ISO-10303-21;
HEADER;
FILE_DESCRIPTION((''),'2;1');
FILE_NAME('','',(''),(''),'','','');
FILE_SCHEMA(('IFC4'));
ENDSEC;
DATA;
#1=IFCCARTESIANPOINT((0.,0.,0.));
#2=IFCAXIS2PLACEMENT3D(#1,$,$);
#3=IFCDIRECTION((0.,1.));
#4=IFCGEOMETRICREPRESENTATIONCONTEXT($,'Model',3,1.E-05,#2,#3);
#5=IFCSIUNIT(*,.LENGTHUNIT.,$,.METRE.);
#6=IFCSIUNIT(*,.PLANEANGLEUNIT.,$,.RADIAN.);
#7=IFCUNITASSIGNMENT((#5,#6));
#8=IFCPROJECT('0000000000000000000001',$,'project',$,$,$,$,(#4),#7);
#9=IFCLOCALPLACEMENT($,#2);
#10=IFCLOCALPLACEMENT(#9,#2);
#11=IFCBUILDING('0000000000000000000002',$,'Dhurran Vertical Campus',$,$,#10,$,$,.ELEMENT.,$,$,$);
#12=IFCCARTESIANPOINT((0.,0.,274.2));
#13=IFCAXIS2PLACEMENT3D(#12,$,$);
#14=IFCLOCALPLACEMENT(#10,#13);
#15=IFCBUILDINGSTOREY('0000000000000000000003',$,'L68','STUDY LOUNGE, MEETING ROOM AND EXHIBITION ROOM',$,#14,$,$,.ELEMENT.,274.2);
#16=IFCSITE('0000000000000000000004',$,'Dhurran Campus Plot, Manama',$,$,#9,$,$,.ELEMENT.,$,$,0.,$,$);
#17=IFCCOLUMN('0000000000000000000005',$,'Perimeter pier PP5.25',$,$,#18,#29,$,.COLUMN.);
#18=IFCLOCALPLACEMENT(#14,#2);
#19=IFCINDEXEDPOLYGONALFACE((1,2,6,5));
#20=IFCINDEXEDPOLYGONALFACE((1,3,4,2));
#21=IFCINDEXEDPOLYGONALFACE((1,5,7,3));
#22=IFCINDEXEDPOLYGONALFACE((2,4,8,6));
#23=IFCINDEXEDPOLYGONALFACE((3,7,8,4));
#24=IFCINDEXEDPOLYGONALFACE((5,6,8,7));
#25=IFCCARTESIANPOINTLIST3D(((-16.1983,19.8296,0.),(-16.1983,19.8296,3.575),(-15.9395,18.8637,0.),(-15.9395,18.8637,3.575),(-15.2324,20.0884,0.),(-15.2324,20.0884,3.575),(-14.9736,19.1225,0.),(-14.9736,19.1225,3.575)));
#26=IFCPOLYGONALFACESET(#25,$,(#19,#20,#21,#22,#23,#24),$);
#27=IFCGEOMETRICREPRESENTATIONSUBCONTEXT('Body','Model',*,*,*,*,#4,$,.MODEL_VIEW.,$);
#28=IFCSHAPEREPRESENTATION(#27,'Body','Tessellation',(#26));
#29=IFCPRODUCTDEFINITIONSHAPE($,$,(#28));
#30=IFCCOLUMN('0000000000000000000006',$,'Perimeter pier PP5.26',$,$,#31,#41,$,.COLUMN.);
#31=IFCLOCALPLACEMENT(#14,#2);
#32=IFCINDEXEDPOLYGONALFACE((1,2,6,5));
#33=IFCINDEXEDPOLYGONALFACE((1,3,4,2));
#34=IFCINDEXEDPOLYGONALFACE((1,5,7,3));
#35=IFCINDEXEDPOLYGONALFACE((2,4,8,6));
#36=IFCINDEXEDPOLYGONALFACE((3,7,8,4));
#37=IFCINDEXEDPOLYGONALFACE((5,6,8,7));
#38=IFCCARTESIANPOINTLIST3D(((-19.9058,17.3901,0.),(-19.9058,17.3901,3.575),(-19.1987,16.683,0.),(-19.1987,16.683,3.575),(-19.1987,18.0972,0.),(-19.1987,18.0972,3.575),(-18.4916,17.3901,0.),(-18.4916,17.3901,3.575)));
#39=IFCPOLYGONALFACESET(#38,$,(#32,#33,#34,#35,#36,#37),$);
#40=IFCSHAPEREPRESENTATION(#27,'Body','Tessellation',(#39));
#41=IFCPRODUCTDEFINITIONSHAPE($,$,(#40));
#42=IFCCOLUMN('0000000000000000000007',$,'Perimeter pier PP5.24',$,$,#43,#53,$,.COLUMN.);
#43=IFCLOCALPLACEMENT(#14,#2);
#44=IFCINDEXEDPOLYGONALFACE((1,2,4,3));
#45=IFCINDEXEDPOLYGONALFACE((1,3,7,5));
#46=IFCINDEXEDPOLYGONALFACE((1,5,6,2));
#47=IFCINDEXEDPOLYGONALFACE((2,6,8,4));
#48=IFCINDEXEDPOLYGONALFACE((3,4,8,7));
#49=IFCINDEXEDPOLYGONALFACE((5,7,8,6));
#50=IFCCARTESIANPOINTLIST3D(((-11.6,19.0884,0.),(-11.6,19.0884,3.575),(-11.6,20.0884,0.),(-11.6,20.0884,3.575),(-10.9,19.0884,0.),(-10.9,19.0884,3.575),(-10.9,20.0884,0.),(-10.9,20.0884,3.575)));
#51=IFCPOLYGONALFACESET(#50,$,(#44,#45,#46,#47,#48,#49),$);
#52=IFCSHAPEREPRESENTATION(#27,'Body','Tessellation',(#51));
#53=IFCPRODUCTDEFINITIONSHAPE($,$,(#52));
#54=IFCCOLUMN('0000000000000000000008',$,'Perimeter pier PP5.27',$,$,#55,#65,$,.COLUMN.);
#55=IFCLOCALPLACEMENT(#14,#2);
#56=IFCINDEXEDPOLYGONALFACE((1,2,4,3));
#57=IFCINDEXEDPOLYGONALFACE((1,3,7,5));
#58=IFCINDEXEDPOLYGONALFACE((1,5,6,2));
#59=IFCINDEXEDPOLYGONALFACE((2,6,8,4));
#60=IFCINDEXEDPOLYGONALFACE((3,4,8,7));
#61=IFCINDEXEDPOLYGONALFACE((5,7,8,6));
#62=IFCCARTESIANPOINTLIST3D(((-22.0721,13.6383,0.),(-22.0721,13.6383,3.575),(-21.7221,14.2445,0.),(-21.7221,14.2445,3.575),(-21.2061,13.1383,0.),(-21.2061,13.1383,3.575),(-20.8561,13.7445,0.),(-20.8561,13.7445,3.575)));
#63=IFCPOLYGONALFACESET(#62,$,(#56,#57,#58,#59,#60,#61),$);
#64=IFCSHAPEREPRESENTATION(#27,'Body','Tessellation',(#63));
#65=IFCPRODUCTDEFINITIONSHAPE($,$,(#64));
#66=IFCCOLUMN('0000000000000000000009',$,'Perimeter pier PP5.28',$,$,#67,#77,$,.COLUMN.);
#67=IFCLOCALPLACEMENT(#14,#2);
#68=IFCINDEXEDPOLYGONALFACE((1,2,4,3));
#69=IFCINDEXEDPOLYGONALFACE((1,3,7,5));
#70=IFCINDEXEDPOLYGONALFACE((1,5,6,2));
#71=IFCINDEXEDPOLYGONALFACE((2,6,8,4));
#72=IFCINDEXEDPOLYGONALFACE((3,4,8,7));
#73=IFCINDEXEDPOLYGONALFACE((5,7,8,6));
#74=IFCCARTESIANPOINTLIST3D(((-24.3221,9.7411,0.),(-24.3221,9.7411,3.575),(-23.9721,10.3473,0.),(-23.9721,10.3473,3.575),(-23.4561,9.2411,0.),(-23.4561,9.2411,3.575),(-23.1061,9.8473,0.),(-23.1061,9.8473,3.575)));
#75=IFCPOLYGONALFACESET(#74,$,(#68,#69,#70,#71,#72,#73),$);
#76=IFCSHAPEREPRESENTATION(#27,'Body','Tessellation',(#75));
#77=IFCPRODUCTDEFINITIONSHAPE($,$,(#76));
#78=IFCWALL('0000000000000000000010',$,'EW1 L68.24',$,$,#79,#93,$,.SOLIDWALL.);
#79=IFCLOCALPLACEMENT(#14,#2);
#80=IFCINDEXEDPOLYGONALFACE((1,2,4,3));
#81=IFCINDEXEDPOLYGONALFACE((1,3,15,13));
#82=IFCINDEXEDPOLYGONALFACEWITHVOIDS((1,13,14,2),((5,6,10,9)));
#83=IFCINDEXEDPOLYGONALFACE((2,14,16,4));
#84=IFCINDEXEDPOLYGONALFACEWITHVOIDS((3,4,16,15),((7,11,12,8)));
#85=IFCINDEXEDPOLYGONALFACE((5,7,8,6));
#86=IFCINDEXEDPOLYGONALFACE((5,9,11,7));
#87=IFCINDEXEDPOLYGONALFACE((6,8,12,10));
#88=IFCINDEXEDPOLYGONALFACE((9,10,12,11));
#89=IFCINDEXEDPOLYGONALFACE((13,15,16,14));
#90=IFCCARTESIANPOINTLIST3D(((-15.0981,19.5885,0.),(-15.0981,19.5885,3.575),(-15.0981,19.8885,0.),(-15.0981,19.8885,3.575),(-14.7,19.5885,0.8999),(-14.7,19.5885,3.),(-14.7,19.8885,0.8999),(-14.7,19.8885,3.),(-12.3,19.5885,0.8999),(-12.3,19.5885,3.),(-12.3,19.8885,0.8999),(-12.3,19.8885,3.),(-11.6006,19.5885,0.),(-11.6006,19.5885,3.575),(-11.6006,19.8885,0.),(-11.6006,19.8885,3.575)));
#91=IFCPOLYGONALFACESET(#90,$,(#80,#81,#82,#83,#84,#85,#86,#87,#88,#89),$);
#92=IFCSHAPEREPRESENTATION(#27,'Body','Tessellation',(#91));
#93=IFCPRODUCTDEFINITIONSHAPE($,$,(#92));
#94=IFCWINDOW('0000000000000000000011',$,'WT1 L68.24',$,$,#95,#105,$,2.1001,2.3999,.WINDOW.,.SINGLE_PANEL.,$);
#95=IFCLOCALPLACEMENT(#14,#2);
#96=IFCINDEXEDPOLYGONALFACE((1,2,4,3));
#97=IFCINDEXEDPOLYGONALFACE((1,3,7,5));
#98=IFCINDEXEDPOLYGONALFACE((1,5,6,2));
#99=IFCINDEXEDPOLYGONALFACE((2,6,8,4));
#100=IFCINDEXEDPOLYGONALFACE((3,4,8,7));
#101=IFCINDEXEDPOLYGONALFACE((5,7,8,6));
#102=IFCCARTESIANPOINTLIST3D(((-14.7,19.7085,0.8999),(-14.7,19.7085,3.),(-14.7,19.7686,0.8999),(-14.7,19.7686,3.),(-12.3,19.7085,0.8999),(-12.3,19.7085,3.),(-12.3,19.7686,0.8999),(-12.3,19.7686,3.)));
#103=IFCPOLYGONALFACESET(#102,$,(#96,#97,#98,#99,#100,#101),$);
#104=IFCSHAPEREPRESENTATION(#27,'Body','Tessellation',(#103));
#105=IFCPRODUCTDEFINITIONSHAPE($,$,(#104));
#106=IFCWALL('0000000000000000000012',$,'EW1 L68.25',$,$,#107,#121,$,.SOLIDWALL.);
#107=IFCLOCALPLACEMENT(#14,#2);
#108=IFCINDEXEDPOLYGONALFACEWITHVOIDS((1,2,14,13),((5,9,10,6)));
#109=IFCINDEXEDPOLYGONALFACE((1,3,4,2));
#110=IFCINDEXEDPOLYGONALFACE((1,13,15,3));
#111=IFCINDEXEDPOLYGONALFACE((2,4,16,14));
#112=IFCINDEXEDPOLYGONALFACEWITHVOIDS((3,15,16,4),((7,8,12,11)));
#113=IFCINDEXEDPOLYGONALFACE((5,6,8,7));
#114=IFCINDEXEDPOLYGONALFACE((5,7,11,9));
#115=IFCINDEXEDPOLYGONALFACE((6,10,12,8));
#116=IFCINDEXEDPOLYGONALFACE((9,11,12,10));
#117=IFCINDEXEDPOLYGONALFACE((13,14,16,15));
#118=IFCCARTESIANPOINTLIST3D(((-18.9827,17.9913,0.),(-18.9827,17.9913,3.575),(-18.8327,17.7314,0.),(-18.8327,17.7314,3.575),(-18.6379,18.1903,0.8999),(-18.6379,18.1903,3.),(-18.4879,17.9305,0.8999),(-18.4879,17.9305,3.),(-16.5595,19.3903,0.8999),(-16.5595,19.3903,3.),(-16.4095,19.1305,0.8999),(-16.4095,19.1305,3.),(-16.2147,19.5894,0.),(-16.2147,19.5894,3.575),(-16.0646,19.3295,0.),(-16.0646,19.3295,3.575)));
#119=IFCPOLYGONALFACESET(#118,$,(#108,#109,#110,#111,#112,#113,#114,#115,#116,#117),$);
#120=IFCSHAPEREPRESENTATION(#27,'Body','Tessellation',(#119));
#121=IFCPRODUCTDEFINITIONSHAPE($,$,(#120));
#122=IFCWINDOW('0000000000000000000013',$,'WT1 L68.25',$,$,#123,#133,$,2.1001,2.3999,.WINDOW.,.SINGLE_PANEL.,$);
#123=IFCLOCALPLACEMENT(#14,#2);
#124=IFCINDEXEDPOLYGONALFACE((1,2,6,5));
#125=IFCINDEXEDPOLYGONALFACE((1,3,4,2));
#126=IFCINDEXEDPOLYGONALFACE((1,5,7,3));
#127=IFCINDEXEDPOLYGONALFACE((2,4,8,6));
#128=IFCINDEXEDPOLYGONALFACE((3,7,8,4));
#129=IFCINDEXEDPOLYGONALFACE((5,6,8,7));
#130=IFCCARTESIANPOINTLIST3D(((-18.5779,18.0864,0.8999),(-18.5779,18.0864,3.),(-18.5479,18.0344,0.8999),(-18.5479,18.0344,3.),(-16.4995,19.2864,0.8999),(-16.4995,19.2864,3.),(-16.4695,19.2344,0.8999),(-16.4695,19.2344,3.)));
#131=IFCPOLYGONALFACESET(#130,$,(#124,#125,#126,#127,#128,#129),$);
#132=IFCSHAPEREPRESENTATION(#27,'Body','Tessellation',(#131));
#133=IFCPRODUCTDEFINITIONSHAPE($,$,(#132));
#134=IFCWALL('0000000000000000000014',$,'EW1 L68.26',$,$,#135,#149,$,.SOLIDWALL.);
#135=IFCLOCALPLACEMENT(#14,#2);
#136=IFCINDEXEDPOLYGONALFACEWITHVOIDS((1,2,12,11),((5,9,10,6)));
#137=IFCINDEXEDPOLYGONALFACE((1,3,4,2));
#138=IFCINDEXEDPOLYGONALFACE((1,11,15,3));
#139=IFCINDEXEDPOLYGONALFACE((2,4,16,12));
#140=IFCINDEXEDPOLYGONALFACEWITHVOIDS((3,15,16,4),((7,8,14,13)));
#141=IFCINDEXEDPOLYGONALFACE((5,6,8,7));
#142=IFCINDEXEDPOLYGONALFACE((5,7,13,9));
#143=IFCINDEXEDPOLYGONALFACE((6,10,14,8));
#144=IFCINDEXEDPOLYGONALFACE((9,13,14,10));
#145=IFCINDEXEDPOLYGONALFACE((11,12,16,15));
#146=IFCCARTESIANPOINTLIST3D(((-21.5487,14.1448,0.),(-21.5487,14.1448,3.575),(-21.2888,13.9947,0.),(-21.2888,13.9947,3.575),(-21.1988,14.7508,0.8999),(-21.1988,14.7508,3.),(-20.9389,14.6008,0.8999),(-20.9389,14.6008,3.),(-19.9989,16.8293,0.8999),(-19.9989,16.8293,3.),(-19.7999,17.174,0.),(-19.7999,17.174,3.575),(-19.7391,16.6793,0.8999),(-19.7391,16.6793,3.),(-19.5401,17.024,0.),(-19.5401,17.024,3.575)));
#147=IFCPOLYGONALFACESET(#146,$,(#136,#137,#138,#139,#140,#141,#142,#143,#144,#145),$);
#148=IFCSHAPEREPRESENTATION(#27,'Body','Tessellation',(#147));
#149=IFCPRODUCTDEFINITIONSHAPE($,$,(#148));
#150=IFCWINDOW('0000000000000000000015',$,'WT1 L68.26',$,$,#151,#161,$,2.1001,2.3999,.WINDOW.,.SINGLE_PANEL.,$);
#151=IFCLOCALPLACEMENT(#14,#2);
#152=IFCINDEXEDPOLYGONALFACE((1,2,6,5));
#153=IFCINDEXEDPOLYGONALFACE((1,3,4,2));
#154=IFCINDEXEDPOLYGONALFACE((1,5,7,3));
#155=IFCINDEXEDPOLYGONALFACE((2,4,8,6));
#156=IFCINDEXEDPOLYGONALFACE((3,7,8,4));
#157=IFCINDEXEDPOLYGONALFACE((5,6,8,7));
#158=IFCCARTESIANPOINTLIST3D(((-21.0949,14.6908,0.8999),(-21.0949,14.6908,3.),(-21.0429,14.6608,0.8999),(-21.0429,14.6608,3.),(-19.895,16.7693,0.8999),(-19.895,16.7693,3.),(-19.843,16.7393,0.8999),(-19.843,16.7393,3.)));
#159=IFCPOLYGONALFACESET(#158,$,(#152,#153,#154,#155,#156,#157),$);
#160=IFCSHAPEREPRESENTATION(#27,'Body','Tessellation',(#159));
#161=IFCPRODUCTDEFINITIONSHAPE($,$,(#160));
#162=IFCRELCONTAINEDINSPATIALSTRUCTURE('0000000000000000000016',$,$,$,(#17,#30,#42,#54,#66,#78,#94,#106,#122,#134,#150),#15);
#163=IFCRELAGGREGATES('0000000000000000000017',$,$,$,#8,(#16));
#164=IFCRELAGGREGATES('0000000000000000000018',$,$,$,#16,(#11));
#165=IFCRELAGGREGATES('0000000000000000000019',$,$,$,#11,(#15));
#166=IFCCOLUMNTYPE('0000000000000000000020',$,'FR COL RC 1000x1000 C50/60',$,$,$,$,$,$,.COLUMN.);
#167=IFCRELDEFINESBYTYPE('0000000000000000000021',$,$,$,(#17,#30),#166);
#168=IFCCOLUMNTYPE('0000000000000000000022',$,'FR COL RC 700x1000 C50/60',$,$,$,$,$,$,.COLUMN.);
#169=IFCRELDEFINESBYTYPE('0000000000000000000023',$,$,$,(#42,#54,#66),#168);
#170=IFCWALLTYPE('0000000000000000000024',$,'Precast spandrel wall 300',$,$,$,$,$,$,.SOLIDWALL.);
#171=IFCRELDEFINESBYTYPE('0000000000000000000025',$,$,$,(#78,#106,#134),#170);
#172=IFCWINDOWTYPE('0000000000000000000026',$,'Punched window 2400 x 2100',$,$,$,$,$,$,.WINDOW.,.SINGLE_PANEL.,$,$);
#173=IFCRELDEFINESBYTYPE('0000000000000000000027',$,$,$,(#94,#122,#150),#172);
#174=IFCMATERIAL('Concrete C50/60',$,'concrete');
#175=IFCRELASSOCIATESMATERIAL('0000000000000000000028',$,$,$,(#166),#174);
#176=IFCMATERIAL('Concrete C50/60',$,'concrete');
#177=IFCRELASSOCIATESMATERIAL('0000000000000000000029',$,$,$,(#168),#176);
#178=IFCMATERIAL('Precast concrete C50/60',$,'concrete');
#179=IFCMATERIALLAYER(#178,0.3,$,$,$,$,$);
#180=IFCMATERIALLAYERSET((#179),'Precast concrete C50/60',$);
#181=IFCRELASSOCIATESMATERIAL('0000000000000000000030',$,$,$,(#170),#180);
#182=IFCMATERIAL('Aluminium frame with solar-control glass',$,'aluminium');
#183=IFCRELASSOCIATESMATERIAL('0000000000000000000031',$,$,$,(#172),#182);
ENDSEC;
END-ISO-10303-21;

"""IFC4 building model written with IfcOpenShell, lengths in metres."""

from ifc_helpers import new_model, si_unit, direction, frame, frame_2d, origin, origin_2d, place, context, subcontext, project, spatial, rectangle, extrude, material, layer, layer_set, material_profile, profile_set, type_object, element, fill, save


model = new_model("IFC4")

# Units and contexts
model_context = context("Model", 3, precision=1e-05, world=origin(), true_north=direction((0.0, 1.0)))
body_context = subcontext(model_context, "Body", "Model", "MODEL_VIEW")
ifc_project = project(units=[si_unit("LENGTHUNIT", "METRE"), si_unit("PLANEANGLEUNIT", "RADIAN")], contexts=[model_context])

# Site, building, storey
site_placement = place(None, origin())
site = spatial("IfcSite", under=ifc_project, at=site_placement, Name="Dhurran Campus Plot, Manama", CompositionType="ELEMENT", RefElevation=0.0)
building_placement = place(site_placement, origin())
building = spatial("IfcBuilding", under=site, at=building_placement, Name="Dhurran Vertical Campus", CompositionType="ELEMENT")
storey_placement = place(building_placement, frame((0.0, 0.0, 274.2)))
storey = spatial("IfcBuildingStorey", under=building, at=storey_placement, Name="L68", Description="STUDY LOUNGE, MEETING ROOM AND EXHIBITION ROOM", CompositionType="ELEMENT", Elevation=274.2)

# Columns
ifc_material_1 = material(Name="Concrete C50/60", Category="concrete")
ifc_material_profile_1 = material_profile(ifc_material_1, rectangle(XDim=1.0, YDim=1.0, at=origin_2d()), Name="RC 1000x1000")
ifc_profile_set_1 = profile_set([ifc_material_profile_1], Name="Concrete C50/60")
column_type_1 = type_object("IfcColumnType", Name="FR COL RC 1000x1000 C50/60", PredefinedType="COLUMN", material=ifc_profile_set_1)
for number, where, z_axis, x_axis, name in (
    (1, (-15.5859, 19.4761, 0.0), (0.0, 0.0, 1.0), (-0.965926, -0.258819, 0.0), "Perimeter pier PP5.25"),
    (2, (-19.1987, 17.3901, 0.0), (0.0, 0.0, 1.0), (-0.707107, -0.707107, 0.0), "Perimeter pier PP5.26"),
):
    element("IfcColumn", number, at=place(storey_placement, frame(where, z_axis=z_axis, x_axis=x_axis)), inside=storey, type_object=column_type_1, Name=name, PredefinedType="COLUMN", context=body_context, shape_type="SweptSolid", body=[
        extrude(rectangle(XDim=1.0, YDim=1.0, at=origin_2d()), origin(), (0.0, 0.0, 1.0), 3.575),
    ])
ifc_material_2 = material(Name="Concrete C50/60", Category="concrete")
ifc_material_profile_2 = material_profile(ifc_material_2, rectangle(XDim=0.7, YDim=1.0, at=origin_2d()), Name="RC 700x1000")
ifc_profile_set_2 = profile_set([ifc_material_profile_2], Name="Concrete C50/60")
column_type_2 = type_object("IfcColumnType", Name="FR COL RC 700x1000 C50/60", PredefinedType="COLUMN", material=ifc_profile_set_2)
for number, where, z_axis, x_axis, name in (
    (3, (-11.25, 19.5884, 0.0), (0.0, 0.0, 1.0), (-1.0, 0.0, 0.0), "Perimeter pier PP5.24"),
    (4, (-21.4641, 13.6914, 0.0), (0.0, 0.0, 1.0), (-0.5, -0.866025, 0.0), "Perimeter pier PP5.27"),
    (5, (-23.7141, 9.7942, 0.0), (0.0, 0.0, 1.0), (-0.5, -0.866025, 0.0), "Perimeter pier PP5.28"),
):
    element("IfcColumn", number, at=place(storey_placement, frame(where, z_axis=z_axis, x_axis=x_axis)), inside=storey, type_object=column_type_2, Name=name, PredefinedType="COLUMN", context=body_context, shape_type="SweptSolid", body=[
        extrude(rectangle(XDim=0.7, YDim=1.0, at=origin_2d()), origin(), (0.0, 0.0, 1.0), 3.575),
    ])

# Walls, openings, windows
ifc_material_3 = material(Name="Precast concrete C50/60", Category="concrete")
ifc_layer_1 = layer(ifc_material_3, 0.3)
ifc_layer_set_1 = layer_set([ifc_layer_1], Name="Precast concrete C50/60")
wall_type_1 = type_object("IfcWallType", Name="Precast spandrel wall 300", PredefinedType="SOLIDWALL", material=ifc_layer_set_1)
wall_1_placement = place(storey_placement, frame((-11.6006, 19.7385, 0.0), z_axis=(0.0, 0.0, 1.0), x_axis=(-1.0, 0.0, 0.0)))
wall_1 = element("IfcWall", 6, at=wall_1_placement, inside=storey, type_object=wall_type_1, Name="EW1 L68.24", PredefinedType="SOLIDWALL", context=body_context, shape_type="SweptSolid", body=[
    extrude(rectangle(XDim=3.4976, YDim=0.3, at=frame_2d((1.7488, 0.0))), origin(), (0.0, 0.0, 1.0), 3.575),
])
opening_1_placement = place(wall_1_placement, frame((0.6995, 0.0, 0.8999)))
opening_1 = element("IfcOpeningElement", 7, at=opening_1_placement, cuts=wall_1, PredefinedType="OPENING", context=body_context, shape_type="SweptSolid", body=[
    extrude(rectangle(XDim=2.3999, YDim=2.1001, at=frame_2d((1.2, 1.05))), frame((0.0, 0.1599, 0.0), z_axis=(0.0, -1.0, 0.0), x_axis=(1.0, 0.0, 0.0)), (0.0, 0.0, 1.0), 0.3201),
])
ifc_material_4 = material(Name="Aluminium frame with solar-control glass", Category="aluminium")
window_type = type_object("IfcWindowType", Name="Punched window 2400 x 2100", PartitioningType="SINGLE_PANEL", PredefinedType="WINDOW", material=ifc_material_4)
window_1_placement = place(opening_1_placement, origin())
window_1 = element("IfcWindow", 8, at=window_1_placement, inside=storey, type_object=window_type, Name="WT1 L68.24", OverallHeight=2.1001, OverallWidth=2.3999, PartitioningType="SINGLE_PANEL", PredefinedType="WINDOW", context=body_context, shape_type="SweptSolid", body=[
    extrude(rectangle(XDim=2.3999, YDim=2.1001, at=frame_2d((1.2, 1.05))), frame((0.0, 0.03, 0.0), z_axis=(0.0, -1.0, 0.0), x_axis=(1.0, 0.0, 0.0)), (0.0, 0.0, 1.0), 0.0601),
])
fill(opening_1, window_1)
wall_2_placement = place(storey_placement, frame((-16.1396, 19.4595, 0.0), z_axis=(0.0, 0.0, 1.0), x_axis=(-0.866025, -0.5, 0.0)))
wall_2 = element("IfcWall", 9, at=wall_2_placement, inside=storey, type_object=wall_type_1, Name="EW1 L68.25", PredefinedType="SOLIDWALL", context=body_context, shape_type="SweptSolid", body=[
    extrude(rectangle(XDim=3.1963, YDim=0.3, at=frame_2d((1.5981, 0.0))), origin(), (0.0, 0.0, 1.0), 3.575),
])
opening_2_placement = place(wall_2_placement, frame((0.3982, 0.0, 0.8999)))
opening_2 = element("IfcOpeningElement", 10, at=opening_2_placement, cuts=wall_2, PredefinedType="OPENING", context=body_context, shape_type="SweptSolid", body=[
    extrude(rectangle(XDim=2.3999, YDim=2.1001, at=frame_2d((1.2, 1.05))), frame((0.0, 0.1599, 0.0), z_axis=(0.0, -1.0, 0.0), x_axis=(1.0, 0.0, 0.0)), (0.0, 0.0, 1.0), 0.3201),
])
window_2_placement = place(opening_2_placement, origin())
window_2 = element("IfcWindow", 11, at=window_2_placement, inside=storey, type_object=window_type, Name="WT1 L68.25", OverallHeight=2.1001, OverallWidth=2.3999, PartitioningType="SINGLE_PANEL", PredefinedType="WINDOW", context=body_context, shape_type="SweptSolid", body=[
    extrude(rectangle(XDim=2.3999, YDim=2.1001, at=frame_2d((1.2, 1.05))), frame((0.0, 0.03, 0.0), z_axis=(0.0, -1.0, 0.0), x_axis=(1.0, 0.0, 0.0)), (0.0, 0.0, 1.0), 0.0601),
])
fill(opening_2, window_2)
wall_3_placement = place(storey_placement, frame((-19.6699, 17.0991, 0.0), z_axis=(0.0, 0.0, 1.0), x_axis=(-0.49996, -0.866048, 0.0)))
wall_3 = element("IfcWall", 12, at=wall_3_placement, inside=storey, type_object=wall_type_1, Name="EW1 L68.26", PredefinedType="SOLIDWALL", context=body_context, shape_type="SweptSolid", body=[
    extrude(rectangle(XDim=3.4978, YDim=0.3, at=frame_2d((1.749, 0.0))), origin(), (0.0, 0.0, 1.0), 3.575),
])
opening_3_placement = place(wall_3_placement, frame((0.3982, 0.0, 0.8999)))
opening_3 = element("IfcOpeningElement", 13, at=opening_3_placement, cuts=wall_3, PredefinedType="OPENING", context=body_context, shape_type="SweptSolid", body=[
    extrude(rectangle(XDim=2.3999, YDim=2.1001, at=frame_2d((1.2, 1.05))), frame((0.0, 0.1599, 0.0), z_axis=(0.0, -1.0, 0.0), x_axis=(1.0, 0.0, 0.0)), (0.0, 0.0, 1.0), 0.3201),
])
window_3_placement = place(opening_3_placement, origin())
window_3 = element("IfcWindow", 14, at=window_3_placement, inside=storey, type_object=window_type, Name="WT1 L68.26", OverallHeight=2.1001, OverallWidth=2.3999, PartitioningType="SINGLE_PANEL", PredefinedType="WINDOW", context=body_context, shape_type="SweptSolid", body=[
    extrude(rectangle(XDim=2.3999, YDim=2.1001, at=frame_2d((1.2, 1.05))), frame((0.0, 0.03, 0.0), z_axis=(0.0, -1.0, 0.0), x_axis=(1.0, 0.0, 0.0)), (0.0, 0.0, 1.0), 0.0601),
])
fill(opening_3, window_3)

save(model, "model.ifc")
